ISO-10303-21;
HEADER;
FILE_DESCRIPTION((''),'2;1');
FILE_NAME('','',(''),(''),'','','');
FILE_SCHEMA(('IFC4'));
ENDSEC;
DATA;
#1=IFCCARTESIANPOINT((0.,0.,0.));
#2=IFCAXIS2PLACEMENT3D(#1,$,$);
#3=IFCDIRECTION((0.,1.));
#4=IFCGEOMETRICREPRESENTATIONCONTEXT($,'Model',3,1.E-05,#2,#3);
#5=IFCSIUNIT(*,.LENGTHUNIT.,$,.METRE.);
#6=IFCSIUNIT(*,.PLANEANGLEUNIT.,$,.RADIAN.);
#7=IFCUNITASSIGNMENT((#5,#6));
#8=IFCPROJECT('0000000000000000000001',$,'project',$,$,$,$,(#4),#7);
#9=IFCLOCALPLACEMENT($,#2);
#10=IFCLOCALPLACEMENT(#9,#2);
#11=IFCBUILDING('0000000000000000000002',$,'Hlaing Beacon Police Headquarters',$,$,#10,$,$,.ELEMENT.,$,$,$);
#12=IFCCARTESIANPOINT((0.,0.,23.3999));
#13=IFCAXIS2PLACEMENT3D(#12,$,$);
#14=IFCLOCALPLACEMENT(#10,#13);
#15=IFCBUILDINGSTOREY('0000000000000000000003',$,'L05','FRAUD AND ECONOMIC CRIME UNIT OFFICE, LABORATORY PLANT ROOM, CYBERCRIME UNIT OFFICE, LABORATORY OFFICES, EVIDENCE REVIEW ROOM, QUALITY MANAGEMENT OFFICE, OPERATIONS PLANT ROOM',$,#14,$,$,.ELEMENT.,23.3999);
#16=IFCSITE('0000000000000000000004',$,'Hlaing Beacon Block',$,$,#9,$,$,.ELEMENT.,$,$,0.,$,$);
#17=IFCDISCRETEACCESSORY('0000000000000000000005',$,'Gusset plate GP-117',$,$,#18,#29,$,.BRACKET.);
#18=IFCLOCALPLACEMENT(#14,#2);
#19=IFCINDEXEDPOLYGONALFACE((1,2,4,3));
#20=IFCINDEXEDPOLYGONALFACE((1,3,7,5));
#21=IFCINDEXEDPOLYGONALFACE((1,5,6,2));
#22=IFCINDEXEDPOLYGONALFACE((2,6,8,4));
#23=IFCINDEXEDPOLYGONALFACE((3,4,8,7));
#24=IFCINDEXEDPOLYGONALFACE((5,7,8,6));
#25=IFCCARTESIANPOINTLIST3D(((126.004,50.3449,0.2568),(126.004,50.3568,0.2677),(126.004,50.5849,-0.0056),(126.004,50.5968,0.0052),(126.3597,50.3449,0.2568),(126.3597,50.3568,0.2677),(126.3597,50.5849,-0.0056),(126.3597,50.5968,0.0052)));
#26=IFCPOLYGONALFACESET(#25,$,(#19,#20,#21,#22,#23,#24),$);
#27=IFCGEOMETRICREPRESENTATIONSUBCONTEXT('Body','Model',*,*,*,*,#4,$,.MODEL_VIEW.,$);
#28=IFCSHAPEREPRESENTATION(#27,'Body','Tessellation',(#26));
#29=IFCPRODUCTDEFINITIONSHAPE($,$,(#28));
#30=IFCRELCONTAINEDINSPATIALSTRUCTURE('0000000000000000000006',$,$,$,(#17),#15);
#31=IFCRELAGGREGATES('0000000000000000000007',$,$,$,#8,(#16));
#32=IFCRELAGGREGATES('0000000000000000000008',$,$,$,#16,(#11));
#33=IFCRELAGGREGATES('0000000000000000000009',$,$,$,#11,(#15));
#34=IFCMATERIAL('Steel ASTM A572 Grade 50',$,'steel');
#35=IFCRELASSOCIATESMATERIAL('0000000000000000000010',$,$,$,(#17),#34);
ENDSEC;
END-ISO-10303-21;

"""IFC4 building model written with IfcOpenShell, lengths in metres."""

from ifc_helpers import new_model, si_unit, direction, frame, origin, origin_2d, place, context, subcontext, project, spatial, rectangle, extrude, material, element, save


model = new_model("IFC4")

# Units and contexts
model_context = context("Model", 3, precision=1e-05, world=origin(), true_north=direction((0.0, 1.0)))
body_context = subcontext(model_context, "Body", "Model", "MODEL_VIEW")
ifc_project = project(units=[si_unit("LENGTHUNIT", "METRE"), si_unit("PLANEANGLEUNIT", "RADIAN")], contexts=[model_context])

# Site, building, storey
site_placement = place(None, origin())
site = spatial("IfcSite", under=ifc_project, at=site_placement, Name="Hlaing Beacon Block", CompositionType="ELEMENT", RefElevation=0.0)
building_placement = place(site_placement, origin())
building = spatial("IfcBuilding", under=site, at=building_placement, Name="Hlaing Beacon Police Headquarters", CompositionType="ELEMENT")
storey_placement = place(building_placement, frame((0.0, 0.0, 23.3999)))
storey = spatial("IfcBuildingStorey", under=building, at=storey_placement, Name="L05", Description="FRAUD AND ECONOMIC CRIME UNIT OFFICE, LABORATORY PLANT ROOM, CYBERCRIME UNIT OFFICE, LABORATORY OFFICES, EVIDENCE REVIEW ROOM, QUALITY MANAGEMENT OFFICE, OPERATIONS PLANT ROOM", CompositionType="ELEMENT", Elevation=23.3999)

# Discrete accessory
ifc_material_1 = material(Name="Steel ASTM A572 Grade 50", Category="steel")
for number, where, z_axis, x_axis, name in (
    (1, (126.1819, 50.4768, 0.1365), (0.0, -0.737951, -0.674854), (1.0, 0.0, 0.0), "Gusset plate GP-117"),
):
    element("IfcDiscreteAccessory", number, at=place(storey_placement, frame(where, z_axis=z_axis, x_axis=x_axis)), inside=storey, material=ifc_material_1, Name=name, PredefinedType="BRACKET", context=body_context, shape_type="SweptSolid", body=[
        extrude(rectangle(XDim=0.3557, YDim=0.3557, at=origin_2d()), origin(), (0.0, 0.0, 1.0), 0.0161),
    ])

save(model, "model.ifc")
